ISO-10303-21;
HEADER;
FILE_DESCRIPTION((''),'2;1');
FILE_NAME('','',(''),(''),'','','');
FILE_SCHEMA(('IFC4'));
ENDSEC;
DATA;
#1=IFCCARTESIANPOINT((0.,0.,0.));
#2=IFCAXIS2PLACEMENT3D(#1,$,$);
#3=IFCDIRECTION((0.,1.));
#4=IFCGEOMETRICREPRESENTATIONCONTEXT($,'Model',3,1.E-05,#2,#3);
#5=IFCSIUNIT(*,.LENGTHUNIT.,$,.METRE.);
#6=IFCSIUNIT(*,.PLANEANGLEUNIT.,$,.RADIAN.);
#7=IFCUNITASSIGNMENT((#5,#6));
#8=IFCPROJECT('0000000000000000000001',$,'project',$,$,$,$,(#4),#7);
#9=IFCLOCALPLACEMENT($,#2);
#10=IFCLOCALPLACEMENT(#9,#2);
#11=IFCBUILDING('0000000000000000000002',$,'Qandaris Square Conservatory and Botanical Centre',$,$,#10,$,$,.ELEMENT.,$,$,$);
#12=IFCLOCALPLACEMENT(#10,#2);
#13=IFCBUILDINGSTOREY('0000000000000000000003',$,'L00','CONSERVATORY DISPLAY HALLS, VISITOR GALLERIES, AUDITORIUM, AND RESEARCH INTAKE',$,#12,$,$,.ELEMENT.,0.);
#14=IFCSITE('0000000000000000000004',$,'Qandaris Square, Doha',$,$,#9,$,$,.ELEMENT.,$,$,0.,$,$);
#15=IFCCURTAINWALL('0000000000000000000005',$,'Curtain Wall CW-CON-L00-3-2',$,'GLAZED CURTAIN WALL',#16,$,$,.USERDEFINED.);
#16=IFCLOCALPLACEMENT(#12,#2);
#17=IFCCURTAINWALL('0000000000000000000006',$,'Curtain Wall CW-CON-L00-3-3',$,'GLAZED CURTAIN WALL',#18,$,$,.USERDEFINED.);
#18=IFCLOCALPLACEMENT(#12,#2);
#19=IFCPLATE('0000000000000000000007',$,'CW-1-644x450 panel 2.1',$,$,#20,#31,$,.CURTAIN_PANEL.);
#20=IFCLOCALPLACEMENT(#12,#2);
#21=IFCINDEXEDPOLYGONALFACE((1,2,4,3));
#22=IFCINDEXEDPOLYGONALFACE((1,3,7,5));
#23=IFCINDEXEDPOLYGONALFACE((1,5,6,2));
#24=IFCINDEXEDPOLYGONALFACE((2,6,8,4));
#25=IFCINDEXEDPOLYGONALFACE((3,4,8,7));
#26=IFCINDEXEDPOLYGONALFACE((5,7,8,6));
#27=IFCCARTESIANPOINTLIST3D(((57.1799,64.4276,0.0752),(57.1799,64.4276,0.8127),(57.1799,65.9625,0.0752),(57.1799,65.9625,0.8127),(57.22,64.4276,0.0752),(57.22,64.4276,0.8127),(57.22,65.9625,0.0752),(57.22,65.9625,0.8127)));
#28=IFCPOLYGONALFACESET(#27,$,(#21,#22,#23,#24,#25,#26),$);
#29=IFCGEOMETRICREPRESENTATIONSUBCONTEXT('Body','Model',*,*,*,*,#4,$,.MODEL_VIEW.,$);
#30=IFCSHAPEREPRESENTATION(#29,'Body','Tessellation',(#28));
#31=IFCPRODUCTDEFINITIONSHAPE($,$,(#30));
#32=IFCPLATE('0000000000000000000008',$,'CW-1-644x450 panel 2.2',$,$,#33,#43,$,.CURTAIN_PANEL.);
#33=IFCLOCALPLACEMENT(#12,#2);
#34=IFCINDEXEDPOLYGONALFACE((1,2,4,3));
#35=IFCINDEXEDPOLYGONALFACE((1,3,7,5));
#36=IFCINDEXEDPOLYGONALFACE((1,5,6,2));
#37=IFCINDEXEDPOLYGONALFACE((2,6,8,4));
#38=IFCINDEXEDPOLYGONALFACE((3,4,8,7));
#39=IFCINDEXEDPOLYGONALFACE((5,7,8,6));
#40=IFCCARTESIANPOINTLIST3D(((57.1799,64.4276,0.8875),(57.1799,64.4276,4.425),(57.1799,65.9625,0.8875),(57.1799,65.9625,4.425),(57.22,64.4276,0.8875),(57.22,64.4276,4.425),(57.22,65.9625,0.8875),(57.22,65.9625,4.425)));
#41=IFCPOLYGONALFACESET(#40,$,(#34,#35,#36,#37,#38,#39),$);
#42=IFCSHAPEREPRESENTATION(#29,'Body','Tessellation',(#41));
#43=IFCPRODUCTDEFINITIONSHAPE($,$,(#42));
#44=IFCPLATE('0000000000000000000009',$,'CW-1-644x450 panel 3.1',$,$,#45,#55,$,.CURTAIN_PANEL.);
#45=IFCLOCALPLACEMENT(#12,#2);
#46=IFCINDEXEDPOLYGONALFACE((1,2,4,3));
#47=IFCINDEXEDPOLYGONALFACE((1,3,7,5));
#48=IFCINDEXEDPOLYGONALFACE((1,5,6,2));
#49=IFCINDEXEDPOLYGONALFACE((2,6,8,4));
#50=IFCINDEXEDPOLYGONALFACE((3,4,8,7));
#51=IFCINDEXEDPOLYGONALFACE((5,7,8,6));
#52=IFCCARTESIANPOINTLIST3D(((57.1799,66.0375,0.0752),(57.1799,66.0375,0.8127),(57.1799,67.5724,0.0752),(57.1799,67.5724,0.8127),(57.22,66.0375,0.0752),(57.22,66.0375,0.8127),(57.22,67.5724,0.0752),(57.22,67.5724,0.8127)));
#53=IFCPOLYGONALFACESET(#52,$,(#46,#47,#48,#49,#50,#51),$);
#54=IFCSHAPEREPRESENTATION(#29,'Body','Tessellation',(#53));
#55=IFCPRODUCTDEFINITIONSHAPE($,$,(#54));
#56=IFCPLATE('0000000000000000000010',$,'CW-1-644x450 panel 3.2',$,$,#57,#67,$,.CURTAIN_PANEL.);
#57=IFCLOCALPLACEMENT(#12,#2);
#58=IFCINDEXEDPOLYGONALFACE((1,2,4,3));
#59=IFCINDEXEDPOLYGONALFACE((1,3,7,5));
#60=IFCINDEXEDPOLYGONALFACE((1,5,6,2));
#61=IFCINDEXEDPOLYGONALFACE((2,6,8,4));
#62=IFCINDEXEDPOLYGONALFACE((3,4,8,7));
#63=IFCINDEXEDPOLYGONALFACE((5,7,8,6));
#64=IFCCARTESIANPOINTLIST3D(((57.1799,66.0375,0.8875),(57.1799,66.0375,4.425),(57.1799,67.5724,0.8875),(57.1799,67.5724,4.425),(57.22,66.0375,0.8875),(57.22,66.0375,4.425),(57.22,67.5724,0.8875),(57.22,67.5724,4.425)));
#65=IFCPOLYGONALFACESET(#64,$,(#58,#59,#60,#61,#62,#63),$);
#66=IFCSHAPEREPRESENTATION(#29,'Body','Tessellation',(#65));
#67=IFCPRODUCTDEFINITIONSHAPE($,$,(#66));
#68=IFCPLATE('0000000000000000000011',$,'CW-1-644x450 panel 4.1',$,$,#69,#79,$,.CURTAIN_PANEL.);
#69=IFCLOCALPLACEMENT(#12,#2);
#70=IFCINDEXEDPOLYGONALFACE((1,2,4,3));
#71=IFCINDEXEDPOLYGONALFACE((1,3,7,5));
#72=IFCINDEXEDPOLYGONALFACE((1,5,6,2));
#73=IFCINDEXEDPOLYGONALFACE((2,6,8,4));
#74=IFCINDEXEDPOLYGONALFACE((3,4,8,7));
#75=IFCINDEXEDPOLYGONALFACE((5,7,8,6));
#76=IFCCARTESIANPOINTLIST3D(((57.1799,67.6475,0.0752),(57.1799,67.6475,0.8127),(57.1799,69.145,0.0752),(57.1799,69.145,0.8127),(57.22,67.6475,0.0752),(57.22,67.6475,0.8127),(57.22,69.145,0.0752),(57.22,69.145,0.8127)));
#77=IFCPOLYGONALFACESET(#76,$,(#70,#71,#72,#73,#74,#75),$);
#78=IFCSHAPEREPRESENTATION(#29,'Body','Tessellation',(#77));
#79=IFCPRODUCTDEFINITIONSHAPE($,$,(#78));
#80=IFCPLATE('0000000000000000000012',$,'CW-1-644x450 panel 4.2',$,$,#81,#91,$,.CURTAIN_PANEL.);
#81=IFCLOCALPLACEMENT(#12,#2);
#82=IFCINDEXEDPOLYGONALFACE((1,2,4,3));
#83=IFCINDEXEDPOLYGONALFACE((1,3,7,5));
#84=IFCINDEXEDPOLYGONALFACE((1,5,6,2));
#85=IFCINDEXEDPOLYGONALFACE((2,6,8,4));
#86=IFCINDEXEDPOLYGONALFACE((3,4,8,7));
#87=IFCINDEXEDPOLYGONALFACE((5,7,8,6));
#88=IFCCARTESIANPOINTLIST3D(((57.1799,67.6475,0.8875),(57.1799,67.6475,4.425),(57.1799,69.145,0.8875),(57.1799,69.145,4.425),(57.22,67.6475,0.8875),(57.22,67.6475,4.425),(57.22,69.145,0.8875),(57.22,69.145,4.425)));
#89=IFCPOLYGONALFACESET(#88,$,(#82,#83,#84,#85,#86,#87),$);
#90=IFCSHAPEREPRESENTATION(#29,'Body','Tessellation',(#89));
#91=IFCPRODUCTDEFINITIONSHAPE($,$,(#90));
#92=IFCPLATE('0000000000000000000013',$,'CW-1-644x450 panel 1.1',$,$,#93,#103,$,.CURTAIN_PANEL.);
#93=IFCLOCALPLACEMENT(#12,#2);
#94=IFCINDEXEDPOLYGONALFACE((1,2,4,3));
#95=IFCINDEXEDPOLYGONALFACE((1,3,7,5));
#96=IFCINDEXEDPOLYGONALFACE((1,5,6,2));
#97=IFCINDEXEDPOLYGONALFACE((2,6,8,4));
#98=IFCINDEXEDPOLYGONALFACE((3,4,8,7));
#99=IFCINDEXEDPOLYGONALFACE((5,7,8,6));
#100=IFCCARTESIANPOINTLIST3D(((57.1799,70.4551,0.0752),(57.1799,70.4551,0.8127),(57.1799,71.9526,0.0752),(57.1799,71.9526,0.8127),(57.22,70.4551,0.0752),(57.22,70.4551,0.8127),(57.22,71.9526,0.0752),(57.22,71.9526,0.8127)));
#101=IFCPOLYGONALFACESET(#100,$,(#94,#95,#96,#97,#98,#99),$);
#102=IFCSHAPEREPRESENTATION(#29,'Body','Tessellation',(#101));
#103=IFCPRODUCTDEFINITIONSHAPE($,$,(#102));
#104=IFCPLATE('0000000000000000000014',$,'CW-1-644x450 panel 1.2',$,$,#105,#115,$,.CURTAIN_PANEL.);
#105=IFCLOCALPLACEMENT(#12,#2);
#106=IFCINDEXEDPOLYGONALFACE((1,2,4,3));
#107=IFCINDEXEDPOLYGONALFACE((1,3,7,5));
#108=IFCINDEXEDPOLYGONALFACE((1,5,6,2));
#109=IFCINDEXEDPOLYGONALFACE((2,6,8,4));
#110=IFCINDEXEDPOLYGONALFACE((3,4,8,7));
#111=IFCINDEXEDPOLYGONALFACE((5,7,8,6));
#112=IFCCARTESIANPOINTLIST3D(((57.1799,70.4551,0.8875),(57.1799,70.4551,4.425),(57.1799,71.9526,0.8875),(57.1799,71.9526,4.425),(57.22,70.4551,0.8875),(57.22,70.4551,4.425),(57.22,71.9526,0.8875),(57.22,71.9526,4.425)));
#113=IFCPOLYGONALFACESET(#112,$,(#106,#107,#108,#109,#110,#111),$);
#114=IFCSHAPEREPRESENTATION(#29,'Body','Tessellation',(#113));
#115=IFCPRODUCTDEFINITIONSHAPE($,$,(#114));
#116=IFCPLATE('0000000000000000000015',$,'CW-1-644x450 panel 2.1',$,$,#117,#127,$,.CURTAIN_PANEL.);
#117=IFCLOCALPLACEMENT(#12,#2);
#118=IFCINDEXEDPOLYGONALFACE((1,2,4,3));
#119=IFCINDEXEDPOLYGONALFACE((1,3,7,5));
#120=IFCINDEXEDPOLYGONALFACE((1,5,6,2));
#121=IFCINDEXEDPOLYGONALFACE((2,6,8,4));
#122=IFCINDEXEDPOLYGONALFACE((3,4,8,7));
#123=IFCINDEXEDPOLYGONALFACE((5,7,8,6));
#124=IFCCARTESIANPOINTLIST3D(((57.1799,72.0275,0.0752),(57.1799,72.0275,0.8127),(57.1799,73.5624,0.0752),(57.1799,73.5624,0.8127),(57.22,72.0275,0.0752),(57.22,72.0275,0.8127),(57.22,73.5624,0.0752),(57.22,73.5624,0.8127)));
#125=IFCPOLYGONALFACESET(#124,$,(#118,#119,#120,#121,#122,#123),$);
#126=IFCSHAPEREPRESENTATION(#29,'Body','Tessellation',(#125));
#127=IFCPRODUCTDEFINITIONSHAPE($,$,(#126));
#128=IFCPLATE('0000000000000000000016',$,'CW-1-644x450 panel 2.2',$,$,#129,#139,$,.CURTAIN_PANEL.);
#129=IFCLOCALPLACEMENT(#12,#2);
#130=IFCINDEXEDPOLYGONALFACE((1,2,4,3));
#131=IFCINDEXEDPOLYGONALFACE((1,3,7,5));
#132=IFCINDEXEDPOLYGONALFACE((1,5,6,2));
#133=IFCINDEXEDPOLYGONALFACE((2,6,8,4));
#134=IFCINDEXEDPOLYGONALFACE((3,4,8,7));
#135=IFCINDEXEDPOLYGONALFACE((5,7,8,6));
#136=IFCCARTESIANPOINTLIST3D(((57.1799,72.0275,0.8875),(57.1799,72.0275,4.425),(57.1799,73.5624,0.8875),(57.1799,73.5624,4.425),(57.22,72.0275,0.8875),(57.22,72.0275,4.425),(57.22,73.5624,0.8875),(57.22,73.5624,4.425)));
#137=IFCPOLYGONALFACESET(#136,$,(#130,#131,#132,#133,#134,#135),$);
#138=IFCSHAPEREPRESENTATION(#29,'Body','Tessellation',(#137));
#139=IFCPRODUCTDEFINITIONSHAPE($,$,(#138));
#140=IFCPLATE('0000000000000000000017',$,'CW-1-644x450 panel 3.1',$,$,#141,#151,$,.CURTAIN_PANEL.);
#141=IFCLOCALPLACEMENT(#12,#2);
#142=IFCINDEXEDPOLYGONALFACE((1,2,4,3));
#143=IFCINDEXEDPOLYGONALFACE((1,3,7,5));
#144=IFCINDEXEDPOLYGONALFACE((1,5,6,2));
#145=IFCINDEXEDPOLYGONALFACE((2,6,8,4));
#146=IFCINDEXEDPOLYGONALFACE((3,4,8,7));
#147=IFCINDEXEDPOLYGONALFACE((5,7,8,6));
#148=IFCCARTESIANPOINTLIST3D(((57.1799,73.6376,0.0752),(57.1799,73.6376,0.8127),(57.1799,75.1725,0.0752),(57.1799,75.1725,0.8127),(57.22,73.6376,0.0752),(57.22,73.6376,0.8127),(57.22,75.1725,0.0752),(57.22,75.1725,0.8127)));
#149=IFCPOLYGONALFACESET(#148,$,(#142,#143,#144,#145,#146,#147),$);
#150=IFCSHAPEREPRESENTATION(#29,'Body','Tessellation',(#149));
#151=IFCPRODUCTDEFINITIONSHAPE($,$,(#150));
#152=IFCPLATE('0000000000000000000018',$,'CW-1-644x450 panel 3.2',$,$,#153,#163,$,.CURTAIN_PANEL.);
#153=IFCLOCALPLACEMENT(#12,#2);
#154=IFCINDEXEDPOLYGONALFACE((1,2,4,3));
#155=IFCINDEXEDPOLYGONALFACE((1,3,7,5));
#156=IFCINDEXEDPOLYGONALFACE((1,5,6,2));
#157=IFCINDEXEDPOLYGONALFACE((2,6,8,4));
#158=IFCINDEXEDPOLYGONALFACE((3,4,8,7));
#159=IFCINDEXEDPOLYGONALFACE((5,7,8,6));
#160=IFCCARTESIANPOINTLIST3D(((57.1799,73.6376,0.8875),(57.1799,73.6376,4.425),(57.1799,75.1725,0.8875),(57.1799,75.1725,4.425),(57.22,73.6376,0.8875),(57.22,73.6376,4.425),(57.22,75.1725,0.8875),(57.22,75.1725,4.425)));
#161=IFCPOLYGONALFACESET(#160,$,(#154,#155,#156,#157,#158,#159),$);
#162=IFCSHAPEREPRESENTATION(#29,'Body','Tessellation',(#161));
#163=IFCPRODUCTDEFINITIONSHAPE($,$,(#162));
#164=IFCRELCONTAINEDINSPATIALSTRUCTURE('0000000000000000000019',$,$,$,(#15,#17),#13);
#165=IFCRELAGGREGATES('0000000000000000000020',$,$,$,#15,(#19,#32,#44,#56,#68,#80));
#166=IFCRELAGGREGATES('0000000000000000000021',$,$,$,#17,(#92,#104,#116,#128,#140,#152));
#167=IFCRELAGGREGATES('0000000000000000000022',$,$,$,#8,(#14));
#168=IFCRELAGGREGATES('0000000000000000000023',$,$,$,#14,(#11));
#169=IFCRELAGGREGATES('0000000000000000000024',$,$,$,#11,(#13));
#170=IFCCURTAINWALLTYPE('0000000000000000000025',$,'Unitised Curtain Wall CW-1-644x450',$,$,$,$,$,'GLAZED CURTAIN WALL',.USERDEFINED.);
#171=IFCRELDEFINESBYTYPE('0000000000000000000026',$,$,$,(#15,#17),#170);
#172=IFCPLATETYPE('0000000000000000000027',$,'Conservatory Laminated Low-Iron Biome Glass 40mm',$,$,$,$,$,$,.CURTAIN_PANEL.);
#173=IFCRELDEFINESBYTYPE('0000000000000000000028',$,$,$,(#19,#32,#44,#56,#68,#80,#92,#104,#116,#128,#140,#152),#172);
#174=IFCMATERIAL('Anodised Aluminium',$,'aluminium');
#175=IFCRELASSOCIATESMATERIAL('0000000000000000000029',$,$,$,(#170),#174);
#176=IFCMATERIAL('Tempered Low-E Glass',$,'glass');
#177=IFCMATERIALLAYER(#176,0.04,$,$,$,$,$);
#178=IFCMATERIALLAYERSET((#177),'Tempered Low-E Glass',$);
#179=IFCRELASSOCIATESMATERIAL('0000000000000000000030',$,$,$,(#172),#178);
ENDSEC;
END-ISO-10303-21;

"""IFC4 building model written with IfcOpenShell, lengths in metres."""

from ifc_helpers import new_model, si_unit, direction, frame, origin, origin_2d, place, context, subcontext, project, spatial, rectangle, extrude, material, layer, layer_set, type_object, element, aggregate, save


model = new_model("IFC4")

# Units and contexts
model_context = context("Model", 3, precision=1e-05, world=origin(), true_north=direction((0.0, 1.0)))
body_context = subcontext(model_context, "Body", "Model", "MODEL_VIEW")
ifc_project = project(units=[si_unit("LENGTHUNIT", "METRE"), si_unit("PLANEANGLEUNIT", "RADIAN")], contexts=[model_context])

# Site, building, storey
site_placement = place(None, origin())
site = spatial("IfcSite", under=ifc_project, at=site_placement, Name="Qandaris Square, Doha", CompositionType="ELEMENT", RefElevation=0.0)
building_placement = place(site_placement, origin())
building = spatial("IfcBuilding", under=site, at=building_placement, Name="Qandaris Square Conservatory and Botanical Centre", CompositionType="ELEMENT")
storey_placement = place(building_placement, origin())
storey = spatial("IfcBuildingStorey", under=building, at=storey_placement, Name="L00", Description="CONSERVATORY DISPLAY HALLS, VISITOR GALLERIES, AUDITORIUM, AND RESEARCH INTAKE", CompositionType="ELEMENT", Elevation=0.0)

# Curtain walls
ifc_material_1 = material(Name="Anodised Aluminium", Category="aluminium")
curtain_wall_type = type_object("IfcCurtainWallType", Name="Unitised Curtain Wall CW-1-644x450", ElementType="GLAZED CURTAIN WALL", PredefinedType="USERDEFINED", material=ifc_material_1)
curtain_wall_1_placement = place(storey_placement, origin())
curtain_wall_1 = element("IfcCurtainWall", 1, at=curtain_wall_1_placement, inside=storey, type_object=curtain_wall_type, Name="Curtain Wall CW-CON-L00-3-2", ObjectType="GLAZED CURTAIN WALL", PredefinedType="USERDEFINED")
curtain_wall_2_placement = place(storey_placement, origin())
curtain_wall_2 = element("IfcCurtainWall", 2, at=curtain_wall_2_placement, inside=storey, type_object=curtain_wall_type, Name="Curtain Wall CW-CON-L00-3-3", ObjectType="GLAZED CURTAIN WALL", PredefinedType="USERDEFINED")

# Plates
ifc_material_2 = material(Name="Tempered Low-E Glass", Category="glass")
ifc_layer = layer(ifc_material_2, 0.04)
ifc_layer_set = layer_set([ifc_layer], Name="Tempered Low-E Glass")
plate_type = type_object("IfcPlateType", Name="Conservatory Laminated Low-Iron Biome Glass 40mm", PredefinedType="CURTAIN_PANEL", material=ifc_layer_set)
plate_1_placement = place(storey_placement, frame((57.2, 65.1951, 0.0752), z_axis=(0.0, 0.0, 1.0), x_axis=(0.0, 1.0, 0.0)))
plate_1 = element("IfcPlate", 3, at=plate_1_placement, type_object=plate_type, Name="CW-1-644x450 panel 2.1", PredefinedType="CURTAIN_PANEL", context=body_context, shape_type="SweptSolid", body=[
    extrude(rectangle(XDim=1.5349, YDim=0.04, at=origin_2d()), origin(), (0.0, 0.0, 1.0), 0.7375),
])
plate_2_placement = place(storey_placement, frame((57.2, 65.1951, 0.8875), z_axis=(0.0, 0.0, 1.0), x_axis=(0.0, 1.0, 0.0)))
plate_2 = element("IfcPlate", 4, at=plate_2_placement, type_object=plate_type, Name="CW-1-644x450 panel 2.2", PredefinedType="CURTAIN_PANEL", context=body_context, shape_type="SweptSolid", body=[
    extrude(rectangle(XDim=1.5349, YDim=0.04, at=origin_2d()), origin(), (0.0, 0.0, 1.0), 3.5376),
])
plate_3_placement = place(storey_placement, frame((57.2, 66.8049, 0.0752), z_axis=(0.0, 0.0, 1.0), x_axis=(0.0, 1.0, 0.0)))
plate_3 = element("IfcPlate", 5, at=plate_3_placement, type_object=plate_type, Name="CW-1-644x450 panel 3.1", PredefinedType="CURTAIN_PANEL", context=body_context, shape_type="SweptSolid", body=[
    extrude(rectangle(XDim=1.5349, YDim=0.04, at=origin_2d()), origin(), (0.0, 0.0, 1.0), 0.7375),
])
plate_4_placement = place(storey_placement, frame((57.2, 66.8049, 0.8875), z_axis=(0.0, 0.0, 1.0), x_axis=(0.0, 1.0, 0.0)))
plate_4 = element("IfcPlate", 6, at=plate_4_placement, type_object=plate_type, Name="CW-1-644x450 panel 3.2", PredefinedType="CURTAIN_PANEL", context=body_context, shape_type="SweptSolid", body=[
    extrude(rectangle(XDim=1.5349, YDim=0.04, at=origin_2d()), origin(), (0.0, 0.0, 1.0), 3.5376),
])
plate_5_placement = place(storey_placement, frame((57.2, 68.3962, 0.0752), z_axis=(0.0, 0.0, 1.0), x_axis=(0.0, 1.0, 0.0)))
plate_5 = element("IfcPlate", 7, at=plate_5_placement, type_object=plate_type, Name="CW-1-644x450 panel 4.1", PredefinedType="CURTAIN_PANEL", context=body_context, shape_type="SweptSolid", body=[
    extrude(rectangle(XDim=1.4976, YDim=0.04, at=origin_2d()), origin(), (0.0, 0.0, 1.0), 0.7375),
])
plate_6_placement = place(storey_placement, frame((57.2, 68.3962, 0.8875), z_axis=(0.0, 0.0, 1.0), x_axis=(0.0, 1.0, 0.0)))
plate_6 = element("IfcPlate", 8, at=plate_6_placement, type_object=plate_type, Name="CW-1-644x450 panel 4.2", PredefinedType="CURTAIN_PANEL", context=body_context, shape_type="SweptSolid", body=[
    extrude(rectangle(XDim=1.4976, YDim=0.04, at=origin_2d()), origin(), (0.0, 0.0, 1.0), 3.5376),
])
aggregate(curtain_wall_1, [plate_1, plate_2, plate_3, plate_4, plate_5, plate_6])
plate_7_placement = place(storey_placement, frame((57.2, 71.2039, 0.0752), z_axis=(0.0, 0.0, 1.0), x_axis=(0.0, 1.0, 0.0)))
plate_7 = element("IfcPlate", 9, at=plate_7_placement, type_object=plate_type, Name="CW-1-644x450 panel 1.1", PredefinedType="CURTAIN_PANEL", context=body_context, shape_type="SweptSolid", body=[
    extrude(rectangle(XDim=1.4976, YDim=0.04, at=origin_2d()), origin(), (0.0, 0.0, 1.0), 0.7375),
])
plate_8_placement = place(storey_placement, frame((57.2, 71.2039, 0.8875), z_axis=(0.0, 0.0, 1.0), x_axis=(0.0, 1.0, 0.0)))
plate_8 = element("IfcPlate", 10, at=plate_8_placement, type_object=plate_type, Name="CW-1-644x450 panel 1.2", PredefinedType="CURTAIN_PANEL", context=body_context, shape_type="SweptSolid", body=[
    extrude(rectangle(XDim=1.4976, YDim=0.04, at=origin_2d()), origin(), (0.0, 0.0, 1.0), 3.5376),
])
plate_9_placement = place(storey_placement, frame((57.2, 72.7949, 0.0752), z_axis=(0.0, 0.0, 1.0), x_axis=(0.0, 1.0, 0.0)))
plate_9 = element("IfcPlate", 11, at=plate_9_placement, type_object=plate_type, Name="CW-1-644x450 panel 2.1", PredefinedType="CURTAIN_PANEL", context=body_context, shape_type="SweptSolid", body=[
    extrude(rectangle(XDim=1.5349, YDim=0.04, at=origin_2d()), origin(), (0.0, 0.0, 1.0), 0.7375),
])
plate_10_placement = place(storey_placement, frame((57.2, 72.7949, 0.8875), z_axis=(0.0, 0.0, 1.0), x_axis=(0.0, 1.0, 0.0)))
plate_10 = element("IfcPlate", 12, at=plate_10_placement, type_object=plate_type, Name="CW-1-644x450 panel 2.2", PredefinedType="CURTAIN_PANEL", context=body_context, shape_type="SweptSolid", body=[
    extrude(rectangle(XDim=1.5349, YDim=0.04, at=origin_2d()), origin(), (0.0, 0.0, 1.0), 3.5376),
])
plate_11_placement = place(storey_placement, frame((57.2, 74.405, 0.0752), z_axis=(0.0, 0.0, 1.0), x_axis=(0.0, 1.0, 0.0)))
plate_11 = element("IfcPlate", 13, at=plate_11_placement, type_object=plate_type, Name="CW-1-644x450 panel 3.1", PredefinedType="CURTAIN_PANEL", context=body_context, shape_type="SweptSolid", body=[
    extrude(rectangle(XDim=1.5349, YDim=0.04, at=origin_2d()), origin(), (0.0, 0.0, 1.0), 0.7375),
])
plate_12_placement = place(storey_placement, frame((57.2, 74.405, 0.8875), z_axis=(0.0, 0.0, 1.0), x_axis=(0.0, 1.0, 0.0)))
plate_12 = element("IfcPlate", 14, at=plate_12_placement, type_object=plate_type, Name="CW-1-644x450 panel 3.2", PredefinedType="CURTAIN_PANEL", context=body_context, shape_type="SweptSolid", body=[
    extrude(rectangle(XDim=1.5349, YDim=0.04, at=origin_2d()), origin(), (0.0, 0.0, 1.0), 3.5376),
])
aggregate(curtain_wall_2, [plate_7, plate_8, plate_9, plate_10, plate_11, plate_12])

save(model, "model.ifc")
